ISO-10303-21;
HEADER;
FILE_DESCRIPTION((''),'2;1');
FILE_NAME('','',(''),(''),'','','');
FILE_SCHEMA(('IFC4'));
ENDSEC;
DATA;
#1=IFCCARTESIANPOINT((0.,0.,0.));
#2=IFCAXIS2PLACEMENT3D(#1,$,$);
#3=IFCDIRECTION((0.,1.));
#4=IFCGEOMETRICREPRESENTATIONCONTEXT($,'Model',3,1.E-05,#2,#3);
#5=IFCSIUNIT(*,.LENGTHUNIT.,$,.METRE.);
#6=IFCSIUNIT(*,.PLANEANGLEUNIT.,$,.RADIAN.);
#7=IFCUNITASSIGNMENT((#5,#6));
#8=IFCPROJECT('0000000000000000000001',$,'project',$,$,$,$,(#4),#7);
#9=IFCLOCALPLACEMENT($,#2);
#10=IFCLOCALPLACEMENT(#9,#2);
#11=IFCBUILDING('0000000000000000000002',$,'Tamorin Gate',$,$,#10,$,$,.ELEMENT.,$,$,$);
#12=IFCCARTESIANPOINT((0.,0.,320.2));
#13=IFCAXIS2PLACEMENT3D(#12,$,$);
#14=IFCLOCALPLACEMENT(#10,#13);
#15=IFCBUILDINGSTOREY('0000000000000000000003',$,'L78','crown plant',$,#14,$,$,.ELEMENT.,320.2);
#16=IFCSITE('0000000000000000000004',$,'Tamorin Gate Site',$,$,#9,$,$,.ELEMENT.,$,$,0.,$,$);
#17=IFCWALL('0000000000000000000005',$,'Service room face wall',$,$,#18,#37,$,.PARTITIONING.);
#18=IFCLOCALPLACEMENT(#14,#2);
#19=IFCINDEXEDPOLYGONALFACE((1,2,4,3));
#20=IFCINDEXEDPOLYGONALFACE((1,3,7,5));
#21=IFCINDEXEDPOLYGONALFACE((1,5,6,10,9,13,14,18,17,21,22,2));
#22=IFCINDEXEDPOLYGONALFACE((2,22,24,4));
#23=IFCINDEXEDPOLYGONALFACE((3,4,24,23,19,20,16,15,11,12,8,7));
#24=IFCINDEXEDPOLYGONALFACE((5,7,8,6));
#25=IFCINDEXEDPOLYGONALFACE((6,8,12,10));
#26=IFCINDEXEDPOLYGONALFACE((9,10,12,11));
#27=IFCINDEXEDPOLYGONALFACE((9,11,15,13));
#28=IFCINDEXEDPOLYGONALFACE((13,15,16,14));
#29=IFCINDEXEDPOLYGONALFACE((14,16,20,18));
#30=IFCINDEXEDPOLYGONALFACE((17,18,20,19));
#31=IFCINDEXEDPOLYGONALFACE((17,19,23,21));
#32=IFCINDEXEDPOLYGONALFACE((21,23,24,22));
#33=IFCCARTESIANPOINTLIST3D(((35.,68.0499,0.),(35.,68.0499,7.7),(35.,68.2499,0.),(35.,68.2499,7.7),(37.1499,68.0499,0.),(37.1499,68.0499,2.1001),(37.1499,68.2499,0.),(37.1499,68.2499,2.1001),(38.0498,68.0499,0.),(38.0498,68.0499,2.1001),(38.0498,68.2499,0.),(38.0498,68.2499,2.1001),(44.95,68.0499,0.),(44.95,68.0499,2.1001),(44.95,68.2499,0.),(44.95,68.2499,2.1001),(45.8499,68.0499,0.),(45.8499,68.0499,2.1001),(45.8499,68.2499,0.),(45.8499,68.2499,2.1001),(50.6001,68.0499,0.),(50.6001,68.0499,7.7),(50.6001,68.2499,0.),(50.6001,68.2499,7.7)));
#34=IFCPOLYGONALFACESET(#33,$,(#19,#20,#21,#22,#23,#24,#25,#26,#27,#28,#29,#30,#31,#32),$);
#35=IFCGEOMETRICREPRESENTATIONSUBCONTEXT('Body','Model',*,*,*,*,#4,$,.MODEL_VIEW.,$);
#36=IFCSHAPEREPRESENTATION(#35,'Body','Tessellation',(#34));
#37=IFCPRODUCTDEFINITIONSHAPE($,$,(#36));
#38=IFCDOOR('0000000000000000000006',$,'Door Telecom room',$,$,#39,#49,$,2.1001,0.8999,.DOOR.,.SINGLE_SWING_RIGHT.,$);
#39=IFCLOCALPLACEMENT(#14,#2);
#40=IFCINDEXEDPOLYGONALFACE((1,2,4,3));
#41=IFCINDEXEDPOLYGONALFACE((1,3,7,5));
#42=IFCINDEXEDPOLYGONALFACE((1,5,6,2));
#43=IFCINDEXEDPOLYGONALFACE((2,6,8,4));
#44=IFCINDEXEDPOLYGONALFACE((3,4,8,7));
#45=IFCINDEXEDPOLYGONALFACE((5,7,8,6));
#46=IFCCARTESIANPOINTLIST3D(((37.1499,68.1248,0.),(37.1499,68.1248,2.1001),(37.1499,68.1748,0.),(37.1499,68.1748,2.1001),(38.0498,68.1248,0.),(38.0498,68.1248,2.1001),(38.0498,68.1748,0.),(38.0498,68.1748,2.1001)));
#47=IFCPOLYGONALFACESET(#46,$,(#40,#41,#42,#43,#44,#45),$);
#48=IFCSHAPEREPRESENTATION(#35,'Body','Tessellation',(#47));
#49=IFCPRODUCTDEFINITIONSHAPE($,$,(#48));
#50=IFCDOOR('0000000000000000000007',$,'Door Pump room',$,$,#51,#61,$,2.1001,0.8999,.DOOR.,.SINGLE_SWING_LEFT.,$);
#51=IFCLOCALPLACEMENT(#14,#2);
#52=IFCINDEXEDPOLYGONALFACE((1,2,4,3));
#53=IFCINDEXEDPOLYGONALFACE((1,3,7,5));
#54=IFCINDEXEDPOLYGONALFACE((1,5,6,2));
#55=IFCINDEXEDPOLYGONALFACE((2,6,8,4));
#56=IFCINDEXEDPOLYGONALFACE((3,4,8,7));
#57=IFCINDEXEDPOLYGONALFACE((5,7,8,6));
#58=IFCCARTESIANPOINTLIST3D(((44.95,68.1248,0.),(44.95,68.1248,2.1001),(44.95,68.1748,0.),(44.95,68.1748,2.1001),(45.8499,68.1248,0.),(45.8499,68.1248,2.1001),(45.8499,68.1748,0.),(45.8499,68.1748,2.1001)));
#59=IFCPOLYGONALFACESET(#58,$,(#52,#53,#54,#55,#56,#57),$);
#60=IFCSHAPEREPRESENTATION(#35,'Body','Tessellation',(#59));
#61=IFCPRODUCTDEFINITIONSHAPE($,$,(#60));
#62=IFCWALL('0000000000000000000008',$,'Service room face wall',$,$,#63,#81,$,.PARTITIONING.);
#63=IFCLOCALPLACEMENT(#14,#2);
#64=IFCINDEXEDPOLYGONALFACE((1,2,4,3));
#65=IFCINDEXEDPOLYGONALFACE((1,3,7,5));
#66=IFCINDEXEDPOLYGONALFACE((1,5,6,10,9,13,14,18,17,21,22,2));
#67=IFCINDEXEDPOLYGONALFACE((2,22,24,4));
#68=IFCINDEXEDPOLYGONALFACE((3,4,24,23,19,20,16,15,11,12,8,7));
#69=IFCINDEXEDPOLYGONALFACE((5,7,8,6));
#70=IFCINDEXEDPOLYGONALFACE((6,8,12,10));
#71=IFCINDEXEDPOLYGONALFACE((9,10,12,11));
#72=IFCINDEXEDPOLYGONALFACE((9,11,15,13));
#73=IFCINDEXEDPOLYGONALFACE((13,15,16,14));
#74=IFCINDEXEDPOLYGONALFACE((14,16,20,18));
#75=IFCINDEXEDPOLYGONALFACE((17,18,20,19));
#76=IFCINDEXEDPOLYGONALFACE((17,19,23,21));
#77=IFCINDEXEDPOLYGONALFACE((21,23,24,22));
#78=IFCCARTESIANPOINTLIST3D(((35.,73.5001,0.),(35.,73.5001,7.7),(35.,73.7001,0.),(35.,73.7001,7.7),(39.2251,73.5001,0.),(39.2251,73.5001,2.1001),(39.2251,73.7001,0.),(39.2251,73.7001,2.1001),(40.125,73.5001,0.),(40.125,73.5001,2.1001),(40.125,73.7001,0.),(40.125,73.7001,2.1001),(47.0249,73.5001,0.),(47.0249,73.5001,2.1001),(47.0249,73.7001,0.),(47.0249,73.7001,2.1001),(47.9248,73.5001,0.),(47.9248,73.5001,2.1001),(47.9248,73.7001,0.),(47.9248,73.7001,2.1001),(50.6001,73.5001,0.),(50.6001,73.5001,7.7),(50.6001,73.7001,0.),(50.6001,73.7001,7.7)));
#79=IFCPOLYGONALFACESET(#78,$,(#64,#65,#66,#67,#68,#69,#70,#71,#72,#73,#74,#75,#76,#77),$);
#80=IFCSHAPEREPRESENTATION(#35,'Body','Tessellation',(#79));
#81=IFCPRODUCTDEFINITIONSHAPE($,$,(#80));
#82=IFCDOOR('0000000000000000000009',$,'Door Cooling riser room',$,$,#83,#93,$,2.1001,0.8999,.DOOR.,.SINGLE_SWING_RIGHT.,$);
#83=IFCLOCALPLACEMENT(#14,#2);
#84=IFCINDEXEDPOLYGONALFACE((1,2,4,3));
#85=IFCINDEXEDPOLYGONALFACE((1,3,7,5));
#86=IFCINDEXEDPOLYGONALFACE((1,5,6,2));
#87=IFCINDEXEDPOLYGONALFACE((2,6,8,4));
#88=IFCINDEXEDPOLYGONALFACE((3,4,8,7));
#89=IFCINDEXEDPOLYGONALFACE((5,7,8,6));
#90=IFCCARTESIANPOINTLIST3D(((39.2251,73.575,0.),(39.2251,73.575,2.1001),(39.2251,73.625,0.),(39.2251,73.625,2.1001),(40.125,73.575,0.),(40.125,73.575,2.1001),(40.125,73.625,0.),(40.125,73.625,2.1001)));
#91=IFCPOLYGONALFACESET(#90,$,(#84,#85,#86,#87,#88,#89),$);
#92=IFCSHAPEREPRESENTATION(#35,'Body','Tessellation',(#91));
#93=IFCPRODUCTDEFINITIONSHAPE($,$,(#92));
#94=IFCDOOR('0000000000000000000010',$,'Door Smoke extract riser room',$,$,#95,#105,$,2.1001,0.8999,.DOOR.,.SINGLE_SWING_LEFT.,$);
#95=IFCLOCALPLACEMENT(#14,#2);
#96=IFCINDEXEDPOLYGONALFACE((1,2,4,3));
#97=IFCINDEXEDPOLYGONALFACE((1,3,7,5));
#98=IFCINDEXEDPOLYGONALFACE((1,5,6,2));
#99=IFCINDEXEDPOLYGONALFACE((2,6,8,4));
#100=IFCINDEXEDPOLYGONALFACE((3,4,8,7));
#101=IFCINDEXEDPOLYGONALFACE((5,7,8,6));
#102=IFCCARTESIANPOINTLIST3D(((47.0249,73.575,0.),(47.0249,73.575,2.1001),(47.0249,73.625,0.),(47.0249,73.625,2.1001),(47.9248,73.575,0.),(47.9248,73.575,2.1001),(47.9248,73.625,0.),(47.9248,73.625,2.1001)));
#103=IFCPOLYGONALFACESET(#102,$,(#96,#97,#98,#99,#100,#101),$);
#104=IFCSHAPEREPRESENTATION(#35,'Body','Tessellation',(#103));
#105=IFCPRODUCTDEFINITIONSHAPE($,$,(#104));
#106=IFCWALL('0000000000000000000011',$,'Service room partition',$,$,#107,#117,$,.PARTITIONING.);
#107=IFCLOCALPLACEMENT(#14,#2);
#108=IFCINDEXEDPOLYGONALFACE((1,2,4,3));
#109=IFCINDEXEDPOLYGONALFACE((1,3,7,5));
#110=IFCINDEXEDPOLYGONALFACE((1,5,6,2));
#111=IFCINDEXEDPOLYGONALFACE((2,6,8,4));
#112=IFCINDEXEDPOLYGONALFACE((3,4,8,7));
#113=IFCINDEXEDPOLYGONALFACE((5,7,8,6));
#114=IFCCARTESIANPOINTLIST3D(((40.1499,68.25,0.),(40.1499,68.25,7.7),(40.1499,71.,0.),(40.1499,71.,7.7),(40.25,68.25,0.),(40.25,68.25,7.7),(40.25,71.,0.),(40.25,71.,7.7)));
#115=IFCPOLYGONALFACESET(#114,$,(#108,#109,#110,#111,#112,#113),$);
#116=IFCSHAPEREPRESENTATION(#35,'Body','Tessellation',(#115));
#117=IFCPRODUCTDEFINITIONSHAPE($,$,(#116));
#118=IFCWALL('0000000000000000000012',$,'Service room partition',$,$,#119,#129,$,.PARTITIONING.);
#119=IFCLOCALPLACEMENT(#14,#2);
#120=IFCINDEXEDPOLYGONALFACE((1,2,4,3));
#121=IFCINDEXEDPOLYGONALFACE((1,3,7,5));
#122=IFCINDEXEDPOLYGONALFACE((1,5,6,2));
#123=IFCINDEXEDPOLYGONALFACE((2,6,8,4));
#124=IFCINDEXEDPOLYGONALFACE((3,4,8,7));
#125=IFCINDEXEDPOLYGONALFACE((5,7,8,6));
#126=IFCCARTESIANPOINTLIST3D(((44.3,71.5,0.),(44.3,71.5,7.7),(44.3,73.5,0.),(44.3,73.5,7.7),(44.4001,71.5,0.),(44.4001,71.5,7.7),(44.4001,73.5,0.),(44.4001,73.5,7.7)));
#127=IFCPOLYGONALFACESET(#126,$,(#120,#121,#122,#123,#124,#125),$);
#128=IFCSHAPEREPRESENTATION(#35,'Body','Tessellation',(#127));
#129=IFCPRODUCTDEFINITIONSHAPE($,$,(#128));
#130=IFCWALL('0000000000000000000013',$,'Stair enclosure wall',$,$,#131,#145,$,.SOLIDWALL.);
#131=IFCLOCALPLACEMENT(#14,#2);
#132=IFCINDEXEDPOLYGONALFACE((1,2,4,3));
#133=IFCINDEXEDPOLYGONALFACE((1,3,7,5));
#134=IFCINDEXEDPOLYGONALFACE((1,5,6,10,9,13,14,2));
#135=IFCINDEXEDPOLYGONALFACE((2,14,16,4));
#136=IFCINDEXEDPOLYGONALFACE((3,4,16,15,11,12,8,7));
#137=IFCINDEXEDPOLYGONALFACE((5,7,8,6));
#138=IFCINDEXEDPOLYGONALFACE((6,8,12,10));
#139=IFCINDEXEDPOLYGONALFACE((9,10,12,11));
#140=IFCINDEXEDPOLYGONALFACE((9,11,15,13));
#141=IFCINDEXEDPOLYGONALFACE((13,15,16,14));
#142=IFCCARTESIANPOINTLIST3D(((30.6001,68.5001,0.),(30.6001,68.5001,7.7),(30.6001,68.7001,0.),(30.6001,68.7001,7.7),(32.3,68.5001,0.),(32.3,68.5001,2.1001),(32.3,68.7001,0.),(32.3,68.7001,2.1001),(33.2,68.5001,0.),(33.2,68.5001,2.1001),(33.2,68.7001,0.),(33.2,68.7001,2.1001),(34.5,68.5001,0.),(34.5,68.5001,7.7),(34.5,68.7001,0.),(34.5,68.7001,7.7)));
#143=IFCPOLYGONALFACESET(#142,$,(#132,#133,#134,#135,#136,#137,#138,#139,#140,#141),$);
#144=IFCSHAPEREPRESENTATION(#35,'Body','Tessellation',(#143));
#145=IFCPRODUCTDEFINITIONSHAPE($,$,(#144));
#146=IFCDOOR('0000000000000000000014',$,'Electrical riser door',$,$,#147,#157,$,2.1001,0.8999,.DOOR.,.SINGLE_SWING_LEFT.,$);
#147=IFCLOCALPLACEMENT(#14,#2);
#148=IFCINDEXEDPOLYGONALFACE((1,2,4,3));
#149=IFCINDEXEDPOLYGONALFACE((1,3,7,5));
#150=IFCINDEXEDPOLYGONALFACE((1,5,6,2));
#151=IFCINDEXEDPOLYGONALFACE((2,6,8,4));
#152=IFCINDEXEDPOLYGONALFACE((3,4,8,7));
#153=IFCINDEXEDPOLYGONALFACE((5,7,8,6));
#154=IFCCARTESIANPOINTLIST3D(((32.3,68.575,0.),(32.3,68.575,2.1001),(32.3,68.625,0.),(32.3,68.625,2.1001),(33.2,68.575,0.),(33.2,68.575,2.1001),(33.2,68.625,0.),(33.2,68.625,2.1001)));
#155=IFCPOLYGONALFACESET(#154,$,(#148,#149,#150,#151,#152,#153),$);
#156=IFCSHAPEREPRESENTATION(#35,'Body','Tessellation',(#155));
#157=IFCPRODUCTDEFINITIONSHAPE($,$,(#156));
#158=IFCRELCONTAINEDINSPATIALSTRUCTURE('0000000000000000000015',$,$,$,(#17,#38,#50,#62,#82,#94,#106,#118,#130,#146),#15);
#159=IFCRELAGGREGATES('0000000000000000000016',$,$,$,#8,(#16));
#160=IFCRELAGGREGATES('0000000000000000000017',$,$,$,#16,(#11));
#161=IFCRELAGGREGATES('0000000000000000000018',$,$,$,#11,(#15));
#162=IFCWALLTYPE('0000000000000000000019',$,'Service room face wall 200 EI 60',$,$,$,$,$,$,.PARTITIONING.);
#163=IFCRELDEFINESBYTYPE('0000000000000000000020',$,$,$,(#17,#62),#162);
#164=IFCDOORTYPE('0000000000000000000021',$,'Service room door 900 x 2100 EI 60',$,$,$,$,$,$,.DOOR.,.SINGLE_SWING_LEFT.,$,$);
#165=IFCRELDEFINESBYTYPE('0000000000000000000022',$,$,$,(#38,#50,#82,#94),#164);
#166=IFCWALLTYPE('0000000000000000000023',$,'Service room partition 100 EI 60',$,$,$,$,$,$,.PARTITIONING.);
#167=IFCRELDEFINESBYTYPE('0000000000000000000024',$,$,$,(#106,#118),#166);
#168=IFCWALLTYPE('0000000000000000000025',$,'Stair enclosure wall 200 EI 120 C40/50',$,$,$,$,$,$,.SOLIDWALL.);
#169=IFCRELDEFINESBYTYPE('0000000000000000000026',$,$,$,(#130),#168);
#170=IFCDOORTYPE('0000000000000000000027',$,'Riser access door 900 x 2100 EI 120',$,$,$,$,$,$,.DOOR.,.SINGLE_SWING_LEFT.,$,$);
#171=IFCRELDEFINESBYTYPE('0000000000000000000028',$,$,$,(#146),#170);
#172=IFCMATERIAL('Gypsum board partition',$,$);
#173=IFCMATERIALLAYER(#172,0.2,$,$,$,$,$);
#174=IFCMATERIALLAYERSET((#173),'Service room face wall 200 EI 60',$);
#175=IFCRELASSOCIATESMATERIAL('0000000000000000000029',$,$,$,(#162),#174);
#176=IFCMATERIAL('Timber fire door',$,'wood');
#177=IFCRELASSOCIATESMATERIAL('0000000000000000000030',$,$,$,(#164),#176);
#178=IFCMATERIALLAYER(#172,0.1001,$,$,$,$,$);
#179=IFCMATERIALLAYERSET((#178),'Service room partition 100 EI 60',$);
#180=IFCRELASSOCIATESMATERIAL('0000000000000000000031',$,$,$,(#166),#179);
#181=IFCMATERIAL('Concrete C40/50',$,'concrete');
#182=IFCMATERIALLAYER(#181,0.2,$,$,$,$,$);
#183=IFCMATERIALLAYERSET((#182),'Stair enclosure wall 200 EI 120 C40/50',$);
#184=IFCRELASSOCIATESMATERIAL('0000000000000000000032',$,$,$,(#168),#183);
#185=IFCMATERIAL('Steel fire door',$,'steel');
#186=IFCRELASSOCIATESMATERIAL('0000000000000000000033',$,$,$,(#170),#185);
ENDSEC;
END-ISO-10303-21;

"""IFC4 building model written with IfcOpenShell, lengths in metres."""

from ifc_helpers import new_model, si_unit, direction, frame, frame_2d, origin, place, context, subcontext, project, spatial, rectangle, extrude, material, layer, layer_set, type_object, element, fill, save


model = new_model("IFC4")

# Units and contexts
model_context = context("Model", 3, precision=1e-05, world=origin(), true_north=direction((0.0, 1.0)))
body_context = subcontext(model_context, "Body", "Model", "MODEL_VIEW")
ifc_project = project(units=[si_unit("LENGTHUNIT", "METRE"), si_unit("PLANEANGLEUNIT", "RADIAN")], contexts=[model_context])

# Site, building, storey
site_placement = place(None, origin())
site = spatial("IfcSite", under=ifc_project, at=site_placement, Name="Tamorin Gate Site", CompositionType="ELEMENT", RefElevation=0.0)
building_placement = place(site_placement, origin())
building = spatial("IfcBuilding", under=site, at=building_placement, Name="Tamorin Gate", CompositionType="ELEMENT")
storey_placement = place(building_placement, frame((0.0, 0.0, 320.2)))
storey = spatial("IfcBuildingStorey", under=building, at=storey_placement, Name="L78", Description="crown plant", CompositionType="ELEMENT", Elevation=320.2)

# Shared definitions
ifc_material_1 = material(Name="Concrete C40/50", Category="concrete")
ifc_material_2 = material(Name="Steel fire door", Category="steel")

# Walls, openings, doors
ifc_material_3 = material(Name="Gypsum board partition")
ifc_layer_1 = layer(ifc_material_3, 0.2)
ifc_layer_set_1 = layer_set([ifc_layer_1], Name="Service room face wall 200 EI 60")
wall_type_1 = type_object("IfcWallType", Name="Service room face wall 200 EI 60", PredefinedType="PARTITIONING", material=ifc_layer_set_1)
wall_1_placement = place(storey_placement, frame((35.0, 68.1499, 0.0), z_axis=(0.0, 0.0, 1.0), x_axis=(1.0, 0.0, 0.0)))
wall_1 = element("IfcWall", 1, at=wall_1_placement, inside=storey, type_object=wall_type_1, Name="Service room face wall", PredefinedType="PARTITIONING", context=body_context, shape_type="SweptSolid", body=[
    extrude(rectangle(XDim=15.6001, YDim=0.2, at=frame_2d((7.8, 0.0))), origin(), (0.0, 0.0, 1.0), 7.7),
])
opening_1_placement = place(wall_1_placement, frame((2.1499, 0.0, 0.0)))
opening_1 = element("IfcOpeningElement", 2, at=opening_1_placement, cuts=wall_1, PredefinedType="OPENING", context=body_context, shape_type="SweptSolid", body=[
    extrude(rectangle(XDim=0.8999, YDim=2.1001, at=frame_2d((0.45, 1.05))), frame((0.0, 0.1099, 0.0), z_axis=(0.0, -1.0, 0.0), x_axis=(1.0, 0.0, 0.0)), (0.0, 0.0, 1.0), 0.22),
])
opening_2_placement = place(wall_1_placement, frame((9.95, 0.0, 0.0)))
opening_2 = element("IfcOpeningElement", 3, at=opening_2_placement, cuts=wall_1, PredefinedType="OPENING", context=body_context, shape_type="SweptSolid", body=[
    extrude(rectangle(XDim=0.8999, YDim=2.1001, at=frame_2d((0.45, 1.05))), frame((0.0, 0.1099, 0.0), z_axis=(0.0, -1.0, 0.0), x_axis=(1.0, 0.0, 0.0)), (0.0, 0.0, 1.0), 0.22),
])
ifc_material_4 = material(Name="Timber fire door", Category="wood")
door_type_1 = type_object("IfcDoorType", Name="Service room door 900 x 2100 EI 60", OperationType="SINGLE_SWING_LEFT", PredefinedType="DOOR", material=ifc_material_4)
door_1_placement = place(opening_1_placement, origin())
door_1 = element("IfcDoor", 4, at=door_1_placement, inside=storey, type_object=door_type_1, Name="Door Telecom room", OperationType="SINGLE_SWING_RIGHT", OverallHeight=2.1001, OverallWidth=0.8999, PredefinedType="DOOR", context=body_context, shape_type="SweptSolid", body=[
    extrude(rectangle(XDim=0.8999, YDim=2.1001, at=frame_2d((0.45, 1.05))), frame((0.0, 0.0249, 0.0), z_axis=(0.0, -1.0, 0.0), x_axis=(1.0, 0.0, 0.0)), (0.0, 0.0, 1.0), 0.05),
])
fill(opening_1, door_1)
door_2_placement = place(opening_2_placement, origin())
door_2 = element("IfcDoor", 5, at=door_2_placement, inside=storey, type_object=door_type_1, Name="Door Pump room", OperationType="SINGLE_SWING_LEFT", OverallHeight=2.1001, OverallWidth=0.8999, PredefinedType="DOOR", context=body_context, shape_type="SweptSolid", body=[
    extrude(rectangle(XDim=0.8999, YDim=2.1001, at=frame_2d((0.45, 1.05))), frame((0.0, 0.0249, 0.0), z_axis=(0.0, -1.0, 0.0), x_axis=(1.0, 0.0, 0.0)), (0.0, 0.0, 1.0), 0.05),
])
fill(opening_2, door_2)
wall_2_placement = place(storey_placement, frame((35.0, 73.6001, 0.0), z_axis=(0.0, 0.0, 1.0), x_axis=(1.0, 0.0, 0.0)))
wall_2 = element("IfcWall", 6, at=wall_2_placement, inside=storey, type_object=wall_type_1, Name="Service room face wall", PredefinedType="PARTITIONING", context=body_context, shape_type="SweptSolid", body=[
    extrude(rectangle(XDim=15.6001, YDim=0.2, at=frame_2d((7.8, 0.0))), origin(), (0.0, 0.0, 1.0), 7.7),
])
opening_3_placement = place(wall_2_placement, frame((4.2251, 0.0, 0.0)))
opening_3 = element("IfcOpeningElement", 7, at=opening_3_placement, cuts=wall_2, PredefinedType="OPENING", context=body_context, shape_type="SweptSolid", body=[
    extrude(rectangle(XDim=0.8999, YDim=2.1001, at=frame_2d((0.45, 1.05))), frame((0.0, 0.1099, 0.0), z_axis=(0.0, -1.0, 0.0), x_axis=(1.0, 0.0, 0.0)), (0.0, 0.0, 1.0), 0.22),
])
opening_4_placement = place(wall_2_placement, frame((12.0249, 0.0, 0.0)))
opening_4 = element("IfcOpeningElement", 8, at=opening_4_placement, cuts=wall_2, PredefinedType="OPENING", context=body_context, shape_type="SweptSolid", body=[
    extrude(rectangle(XDim=0.8999, YDim=2.1001, at=frame_2d((0.45, 1.05))), frame((0.0, 0.1099, 0.0), z_axis=(0.0, -1.0, 0.0), x_axis=(1.0, 0.0, 0.0)), (0.0, 0.0, 1.0), 0.22),
])
door_3_placement = place(opening_3_placement, origin())
door_3 = element("IfcDoor", 9, at=door_3_placement, inside=storey, type_object=door_type_1, Name="Door Cooling riser room", OperationType="SINGLE_SWING_RIGHT", OverallHeight=2.1001, OverallWidth=0.8999, PredefinedType="DOOR", context=body_context, shape_type="SweptSolid", body=[
    extrude(rectangle(XDim=0.8999, YDim=2.1001, at=frame_2d((0.45, 1.05))), frame((0.0, 0.0249, 0.0), z_axis=(0.0, -1.0, 0.0), x_axis=(1.0, 0.0, 0.0)), (0.0, 0.0, 1.0), 0.05),
])
fill(opening_3, door_3)
door_4_placement = place(opening_4_placement, origin())
door_4 = element("IfcDoor", 10, at=door_4_placement, inside=storey, type_object=door_type_1, Name="Door Smoke extract riser room", OperationType="SINGLE_SWING_LEFT", OverallHeight=2.1001, OverallWidth=0.8999, PredefinedType="DOOR", context=body_context, shape_type="SweptSolid", body=[
    extrude(rectangle(XDim=0.8999, YDim=2.1001, at=frame_2d((0.45, 1.05))), frame((0.0, 0.0249, 0.0), z_axis=(0.0, -1.0, 0.0), x_axis=(1.0, 0.0, 0.0)), (0.0, 0.0, 1.0), 0.05),
])
fill(opening_4, door_4)

# Walls
ifc_layer_2 = layer(ifc_material_3, 0.1001)
ifc_layer_set_2 = layer_set([ifc_layer_2], Name="Service room partition 100 EI 60")
wall_type_2 = type_object("IfcWallType", Name="Service room partition 100 EI 60", PredefinedType="PARTITIONING", material=ifc_layer_set_2)
wall_3_placement = place(storey_placement, frame((40.2, 68.25, 0.0), z_axis=(0.0, 0.0, 1.0), x_axis=(0.0, 1.0, 0.0)))
element("IfcWall", 11, at=wall_3_placement, inside=storey, type_object=wall_type_2, Name="Service room partition", PredefinedType="PARTITIONING", context=body_context, shape_type="SweptSolid", body=[
    extrude(rectangle(XDim=2.75, YDim=0.1001, at=frame_2d((1.375, 0.0))), origin(), (0.0, 0.0, 1.0), 7.7),
])
wall_4_placement = place(storey_placement, frame((44.3501, 71.5, 0.0), z_axis=(0.0, 0.0, 1.0), x_axis=(0.0, 1.0, 0.0)))
element("IfcWall", 12, at=wall_4_placement, inside=storey, type_object=wall_type_2, Name="Service room partition", PredefinedType="PARTITIONING", context=body_context, shape_type="SweptSolid", body=[
    extrude(rectangle(XDim=2.0, YDim=0.1001, at=frame_2d((1.0, 0.0))), origin(), (0.0, 0.0, 1.0), 7.7),
])

# Wall, opening, door
ifc_layer_3 = layer(ifc_material_1, 0.2)
ifc_layer_set_3 = layer_set([ifc_layer_3], Name="Stair enclosure wall 200 EI 120 C40/50")
wall_type_3 = type_object("IfcWallType", Name="Stair enclosure wall 200 EI 120 C40/50", PredefinedType="SOLIDWALL", material=ifc_layer_set_3)
wall_5_placement = place(storey_placement, frame((30.6001, 68.6001, 0.0), z_axis=(0.0, 0.0, 1.0), x_axis=(1.0, 0.0, 0.0)))
wall_5 = element("IfcWall", 13, at=wall_5_placement, inside=storey, type_object=wall_type_3, Name="Stair enclosure wall", PredefinedType="SOLIDWALL", context=body_context, shape_type="SweptSolid", body=[
    extrude(rectangle(XDim=3.8999, YDim=0.2, at=frame_2d((1.95, 0.0))), origin(), (0.0, 0.0, 1.0), 7.7),
])
opening_5_placement = place(wall_5_placement, frame((1.7, 0.0, 0.0)))
opening_5 = element("IfcOpeningElement", 14, at=opening_5_placement, cuts=wall_5, PredefinedType="OPENING", context=body_context, shape_type="SweptSolid", body=[
    extrude(rectangle(XDim=0.8999, YDim=2.1001, at=frame_2d((0.45, 1.05))), frame((0.0, 0.1099, 0.0), z_axis=(0.0, -1.0, 0.0), x_axis=(1.0, 0.0, 0.0)), (0.0, 0.0, 1.0), 0.22),
])
door_type_2 = type_object("IfcDoorType", Name="Riser access door 900 x 2100 EI 120", OperationType="SINGLE_SWING_LEFT", PredefinedType="DOOR", material=ifc_material_2)
door_5_placement = place(opening_5_placement, origin())
door_5 = element("IfcDoor", 15, at=door_5_placement, inside=storey, type_object=door_type_2, Name="Electrical riser door", OperationType="SINGLE_SWING_LEFT", OverallHeight=2.1001, OverallWidth=0.8999, PredefinedType="DOOR", context=body_context, shape_type="SweptSolid", body=[
    extrude(rectangle(XDim=0.8999, YDim=2.1001, at=frame_2d((0.45, 1.05))), frame((0.0, 0.0249, 0.0), z_axis=(0.0, -1.0, 0.0), x_axis=(1.0, 0.0, 0.0)), (0.0, 0.0, 1.0), 0.05),
])
fill(opening_5, door_5)

save(model, "model.ifc")
